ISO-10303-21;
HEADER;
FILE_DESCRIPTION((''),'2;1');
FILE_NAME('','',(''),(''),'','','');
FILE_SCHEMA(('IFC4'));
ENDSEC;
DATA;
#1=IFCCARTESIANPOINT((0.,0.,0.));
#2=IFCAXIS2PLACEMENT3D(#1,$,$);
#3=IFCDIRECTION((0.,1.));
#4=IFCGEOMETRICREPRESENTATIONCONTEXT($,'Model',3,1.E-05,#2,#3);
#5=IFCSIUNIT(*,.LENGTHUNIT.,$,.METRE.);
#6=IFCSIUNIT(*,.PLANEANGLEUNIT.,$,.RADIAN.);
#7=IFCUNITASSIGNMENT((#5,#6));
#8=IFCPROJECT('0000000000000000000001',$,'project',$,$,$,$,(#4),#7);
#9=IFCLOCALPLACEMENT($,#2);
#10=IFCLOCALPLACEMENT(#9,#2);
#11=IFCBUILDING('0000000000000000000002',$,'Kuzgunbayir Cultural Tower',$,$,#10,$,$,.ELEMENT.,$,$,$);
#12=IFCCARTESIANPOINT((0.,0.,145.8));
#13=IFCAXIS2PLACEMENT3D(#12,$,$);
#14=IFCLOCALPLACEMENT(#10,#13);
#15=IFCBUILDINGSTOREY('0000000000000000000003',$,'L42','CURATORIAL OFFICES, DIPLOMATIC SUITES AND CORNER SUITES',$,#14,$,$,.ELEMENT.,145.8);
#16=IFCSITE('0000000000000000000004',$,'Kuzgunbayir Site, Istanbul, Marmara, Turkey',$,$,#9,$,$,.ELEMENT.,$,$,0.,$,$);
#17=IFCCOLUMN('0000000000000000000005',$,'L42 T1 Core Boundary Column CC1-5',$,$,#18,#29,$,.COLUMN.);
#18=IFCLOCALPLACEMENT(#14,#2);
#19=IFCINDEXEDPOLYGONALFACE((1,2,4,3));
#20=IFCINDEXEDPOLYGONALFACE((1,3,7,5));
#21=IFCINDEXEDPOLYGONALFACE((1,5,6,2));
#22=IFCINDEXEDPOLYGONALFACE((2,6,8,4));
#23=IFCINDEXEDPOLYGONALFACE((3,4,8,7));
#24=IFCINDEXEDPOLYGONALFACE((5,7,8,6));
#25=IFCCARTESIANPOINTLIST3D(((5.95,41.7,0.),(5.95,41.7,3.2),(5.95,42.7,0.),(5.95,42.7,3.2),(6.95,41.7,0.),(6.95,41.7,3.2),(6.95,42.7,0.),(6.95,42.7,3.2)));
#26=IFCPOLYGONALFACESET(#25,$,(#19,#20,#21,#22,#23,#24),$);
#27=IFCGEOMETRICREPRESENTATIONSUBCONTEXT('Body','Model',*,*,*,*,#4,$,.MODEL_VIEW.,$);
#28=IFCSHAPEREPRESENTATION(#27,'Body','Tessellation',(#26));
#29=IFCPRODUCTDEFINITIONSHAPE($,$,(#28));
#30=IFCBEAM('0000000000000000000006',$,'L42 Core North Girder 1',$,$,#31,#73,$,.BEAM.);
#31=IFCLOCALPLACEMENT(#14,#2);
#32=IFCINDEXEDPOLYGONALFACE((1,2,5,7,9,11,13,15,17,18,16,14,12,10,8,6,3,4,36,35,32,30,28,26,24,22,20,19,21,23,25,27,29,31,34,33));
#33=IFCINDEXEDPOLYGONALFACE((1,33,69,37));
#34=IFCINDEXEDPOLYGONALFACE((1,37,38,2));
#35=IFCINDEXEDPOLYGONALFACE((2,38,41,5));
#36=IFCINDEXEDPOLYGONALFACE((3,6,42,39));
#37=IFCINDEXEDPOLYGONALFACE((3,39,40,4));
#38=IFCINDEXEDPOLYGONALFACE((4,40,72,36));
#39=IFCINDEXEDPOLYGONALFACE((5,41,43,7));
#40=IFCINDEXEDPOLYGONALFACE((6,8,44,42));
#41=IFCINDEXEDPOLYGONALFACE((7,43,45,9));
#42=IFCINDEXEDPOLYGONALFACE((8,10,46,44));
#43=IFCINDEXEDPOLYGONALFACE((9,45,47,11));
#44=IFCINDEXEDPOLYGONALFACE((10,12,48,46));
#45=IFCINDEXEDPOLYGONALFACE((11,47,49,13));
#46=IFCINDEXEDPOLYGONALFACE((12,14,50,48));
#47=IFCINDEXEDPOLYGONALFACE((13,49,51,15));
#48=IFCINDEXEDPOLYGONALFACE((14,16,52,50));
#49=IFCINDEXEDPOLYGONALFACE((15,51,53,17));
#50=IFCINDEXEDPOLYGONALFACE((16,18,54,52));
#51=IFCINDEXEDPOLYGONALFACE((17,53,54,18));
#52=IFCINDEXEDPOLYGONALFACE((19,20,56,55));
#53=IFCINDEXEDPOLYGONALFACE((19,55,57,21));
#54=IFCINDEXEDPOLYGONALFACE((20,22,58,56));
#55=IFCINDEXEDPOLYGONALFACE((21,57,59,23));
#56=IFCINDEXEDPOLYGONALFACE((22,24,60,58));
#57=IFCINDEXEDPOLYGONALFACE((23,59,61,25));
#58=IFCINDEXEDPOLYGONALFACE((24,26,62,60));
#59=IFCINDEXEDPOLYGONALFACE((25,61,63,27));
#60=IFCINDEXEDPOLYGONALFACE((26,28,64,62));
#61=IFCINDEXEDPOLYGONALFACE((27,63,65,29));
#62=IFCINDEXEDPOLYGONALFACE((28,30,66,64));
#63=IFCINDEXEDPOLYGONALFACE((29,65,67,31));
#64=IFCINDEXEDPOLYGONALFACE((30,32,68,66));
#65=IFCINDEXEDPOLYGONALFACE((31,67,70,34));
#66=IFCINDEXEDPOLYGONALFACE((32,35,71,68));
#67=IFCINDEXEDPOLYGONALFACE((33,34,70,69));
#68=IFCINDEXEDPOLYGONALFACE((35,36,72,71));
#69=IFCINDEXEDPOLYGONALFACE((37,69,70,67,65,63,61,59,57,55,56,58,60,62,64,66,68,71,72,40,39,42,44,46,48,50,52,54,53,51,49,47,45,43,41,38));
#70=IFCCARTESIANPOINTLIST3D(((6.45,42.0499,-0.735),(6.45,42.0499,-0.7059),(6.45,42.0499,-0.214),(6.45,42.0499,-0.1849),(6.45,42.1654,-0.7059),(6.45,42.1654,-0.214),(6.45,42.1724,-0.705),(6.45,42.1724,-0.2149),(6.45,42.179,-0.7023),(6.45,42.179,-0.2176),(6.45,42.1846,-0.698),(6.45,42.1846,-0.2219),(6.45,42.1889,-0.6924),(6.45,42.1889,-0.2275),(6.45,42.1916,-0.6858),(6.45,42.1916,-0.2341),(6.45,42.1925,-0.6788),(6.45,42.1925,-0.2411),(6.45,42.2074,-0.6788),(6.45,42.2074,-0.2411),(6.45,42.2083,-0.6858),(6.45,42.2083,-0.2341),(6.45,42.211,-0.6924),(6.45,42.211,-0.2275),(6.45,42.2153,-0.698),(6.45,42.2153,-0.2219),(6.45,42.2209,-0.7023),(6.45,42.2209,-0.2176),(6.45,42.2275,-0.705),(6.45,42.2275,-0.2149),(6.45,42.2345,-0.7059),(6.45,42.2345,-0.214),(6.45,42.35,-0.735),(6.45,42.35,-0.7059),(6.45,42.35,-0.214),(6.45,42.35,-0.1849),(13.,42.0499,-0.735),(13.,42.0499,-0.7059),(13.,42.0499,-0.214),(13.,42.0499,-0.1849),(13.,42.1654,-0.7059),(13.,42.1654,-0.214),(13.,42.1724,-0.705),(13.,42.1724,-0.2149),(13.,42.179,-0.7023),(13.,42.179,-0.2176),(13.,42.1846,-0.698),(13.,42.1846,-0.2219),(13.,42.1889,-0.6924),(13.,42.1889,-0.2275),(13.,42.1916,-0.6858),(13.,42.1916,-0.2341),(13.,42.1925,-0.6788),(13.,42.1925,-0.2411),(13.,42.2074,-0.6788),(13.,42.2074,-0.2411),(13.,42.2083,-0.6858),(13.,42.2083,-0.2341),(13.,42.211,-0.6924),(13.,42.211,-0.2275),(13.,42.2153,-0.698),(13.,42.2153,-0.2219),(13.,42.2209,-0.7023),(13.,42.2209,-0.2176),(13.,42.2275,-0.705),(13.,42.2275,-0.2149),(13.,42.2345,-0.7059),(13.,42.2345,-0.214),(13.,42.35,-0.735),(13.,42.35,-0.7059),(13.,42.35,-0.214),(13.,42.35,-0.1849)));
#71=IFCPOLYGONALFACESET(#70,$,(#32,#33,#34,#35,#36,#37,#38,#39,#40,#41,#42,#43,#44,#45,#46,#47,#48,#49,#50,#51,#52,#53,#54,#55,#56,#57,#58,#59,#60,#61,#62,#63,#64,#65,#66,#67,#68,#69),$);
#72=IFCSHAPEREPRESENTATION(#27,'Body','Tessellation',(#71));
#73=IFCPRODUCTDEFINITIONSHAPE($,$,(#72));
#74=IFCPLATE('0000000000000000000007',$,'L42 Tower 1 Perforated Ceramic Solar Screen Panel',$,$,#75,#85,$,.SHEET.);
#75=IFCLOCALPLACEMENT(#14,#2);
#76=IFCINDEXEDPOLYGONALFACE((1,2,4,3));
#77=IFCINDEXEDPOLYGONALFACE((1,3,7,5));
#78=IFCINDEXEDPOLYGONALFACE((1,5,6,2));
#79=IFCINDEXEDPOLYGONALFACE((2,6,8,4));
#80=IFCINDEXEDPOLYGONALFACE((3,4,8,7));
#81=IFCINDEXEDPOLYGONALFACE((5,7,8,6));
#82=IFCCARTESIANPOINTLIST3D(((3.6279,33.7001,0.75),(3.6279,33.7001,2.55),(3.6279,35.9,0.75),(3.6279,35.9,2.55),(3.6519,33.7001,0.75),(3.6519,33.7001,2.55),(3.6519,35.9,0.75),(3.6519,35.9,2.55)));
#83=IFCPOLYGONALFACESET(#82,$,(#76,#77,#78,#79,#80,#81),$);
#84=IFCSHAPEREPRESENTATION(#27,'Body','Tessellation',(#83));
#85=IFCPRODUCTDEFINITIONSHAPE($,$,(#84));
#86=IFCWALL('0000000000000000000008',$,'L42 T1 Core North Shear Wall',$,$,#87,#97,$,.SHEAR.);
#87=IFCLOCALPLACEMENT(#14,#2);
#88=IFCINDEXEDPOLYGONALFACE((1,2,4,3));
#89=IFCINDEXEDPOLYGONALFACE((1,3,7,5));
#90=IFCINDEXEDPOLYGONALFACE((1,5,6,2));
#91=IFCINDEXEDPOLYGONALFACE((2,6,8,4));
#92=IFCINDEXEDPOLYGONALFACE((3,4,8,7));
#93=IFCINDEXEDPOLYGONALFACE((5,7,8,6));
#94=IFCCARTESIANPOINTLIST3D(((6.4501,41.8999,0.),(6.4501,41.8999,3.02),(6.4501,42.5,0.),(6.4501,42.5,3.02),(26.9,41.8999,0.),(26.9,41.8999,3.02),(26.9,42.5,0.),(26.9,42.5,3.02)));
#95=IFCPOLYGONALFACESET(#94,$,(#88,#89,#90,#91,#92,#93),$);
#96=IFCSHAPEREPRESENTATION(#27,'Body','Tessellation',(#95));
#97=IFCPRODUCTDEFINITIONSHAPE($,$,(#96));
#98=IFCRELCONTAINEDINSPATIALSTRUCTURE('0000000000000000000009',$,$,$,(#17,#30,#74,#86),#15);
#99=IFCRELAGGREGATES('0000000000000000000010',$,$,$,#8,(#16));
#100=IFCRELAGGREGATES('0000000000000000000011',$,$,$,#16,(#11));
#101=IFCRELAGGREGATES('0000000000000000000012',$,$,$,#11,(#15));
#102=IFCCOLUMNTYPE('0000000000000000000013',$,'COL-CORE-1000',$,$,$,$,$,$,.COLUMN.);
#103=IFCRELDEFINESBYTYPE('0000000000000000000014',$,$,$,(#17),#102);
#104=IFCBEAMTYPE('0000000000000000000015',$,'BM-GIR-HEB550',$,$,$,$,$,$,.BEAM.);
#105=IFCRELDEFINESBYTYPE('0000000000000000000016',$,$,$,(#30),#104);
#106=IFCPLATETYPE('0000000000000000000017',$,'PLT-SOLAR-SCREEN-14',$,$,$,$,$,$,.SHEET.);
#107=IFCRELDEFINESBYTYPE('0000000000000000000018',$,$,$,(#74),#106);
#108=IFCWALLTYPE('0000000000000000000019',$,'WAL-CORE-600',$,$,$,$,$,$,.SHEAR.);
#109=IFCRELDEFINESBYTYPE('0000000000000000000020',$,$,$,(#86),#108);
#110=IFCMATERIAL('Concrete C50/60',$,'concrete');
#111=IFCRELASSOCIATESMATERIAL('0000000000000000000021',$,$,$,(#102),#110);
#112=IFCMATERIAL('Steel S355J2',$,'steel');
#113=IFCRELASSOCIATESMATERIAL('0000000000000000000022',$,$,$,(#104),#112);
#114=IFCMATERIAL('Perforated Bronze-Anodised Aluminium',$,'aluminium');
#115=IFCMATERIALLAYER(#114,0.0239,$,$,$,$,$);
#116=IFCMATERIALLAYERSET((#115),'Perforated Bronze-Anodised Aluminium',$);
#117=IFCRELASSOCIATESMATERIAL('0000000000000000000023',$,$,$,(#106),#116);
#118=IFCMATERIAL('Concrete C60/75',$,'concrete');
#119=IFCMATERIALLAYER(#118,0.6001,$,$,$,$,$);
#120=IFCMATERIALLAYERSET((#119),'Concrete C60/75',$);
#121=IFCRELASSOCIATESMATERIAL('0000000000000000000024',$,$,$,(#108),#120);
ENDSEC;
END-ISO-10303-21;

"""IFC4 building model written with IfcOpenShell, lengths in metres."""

from ifc_helpers import new_model, si_unit, direction, frame, frame_2d, origin, origin_2d, place, context, subcontext, project, spatial, rectangle, i_section, extrude, material, layer, layer_set, material_profile, profile_set, type_object, element, save


model = new_model("IFC4")

# Units and contexts
model_context = context("Model", 3, precision=1e-05, world=origin(), true_north=direction((0.0, 1.0)))
body_context = subcontext(model_context, "Body", "Model", "MODEL_VIEW")
ifc_project = project(units=[si_unit("LENGTHUNIT", "METRE"), si_unit("PLANEANGLEUNIT", "RADIAN")], contexts=[model_context])

# Site, building, storey
site_placement = place(None, origin())
site = spatial("IfcSite", under=ifc_project, at=site_placement, Name="Kuzgunbayir Site, Istanbul, Marmara, Turkey", CompositionType="ELEMENT", RefElevation=0.0)
building_placement = place(site_placement, origin())
building = spatial("IfcBuilding", under=site, at=building_placement, Name="Kuzgunbayir Cultural Tower", CompositionType="ELEMENT")
storey_placement = place(building_placement, frame((0.0, 0.0, 145.8)))
storey = spatial("IfcBuildingStorey", under=building, at=storey_placement, Name="L42", Description="CURATORIAL OFFICES, DIPLOMATIC SUITES AND CORNER SUITES", CompositionType="ELEMENT", Elevation=145.8)

# Column
ifc_material_1 = material(Name="Concrete C50/60", Category="concrete")
ifc_material_profile_1 = material_profile(ifc_material_1, rectangle(XDim=1.0, YDim=1.0, at=origin_2d()), Name="RC 1000x1000")
ifc_profile_set_1 = profile_set([ifc_material_profile_1], Name="Concrete C50/60")
column_type = type_object("IfcColumnType", Name="COL-CORE-1000", PredefinedType="COLUMN", material=ifc_profile_set_1)
column_placement = place(storey_placement, frame((6.45, 42.2, 0.0), z_axis=(0.0, 0.0, 1.0), x_axis=(1.0, 0.0, 0.0)))
element("IfcColumn", 1, at=column_placement, inside=storey, type_object=column_type, Name="L42 T1 Core Boundary Column CC1-5", PredefinedType="COLUMN", context=body_context, shape_type="SweptSolid", body=[
    extrude(rectangle(XDim=1.0, YDim=1.0, at=origin_2d()), origin(), (0.0, 0.0, 1.0), 3.2),
])

# Beam
ifc_material_2 = material(Name="Steel S355J2", Category="steel")
ifc_material_profile_2 = material_profile(ifc_material_2, i_section(OverallWidth=0.3, OverallDepth=0.55, WebThickness=0.0149, FlangeThickness=0.0291, FilletRadius=0.0271, at=origin_2d()), Name="HEB 550")
ifc_profile_set_2 = profile_set([ifc_material_profile_2], Name="Steel S355J2")
beam_type = type_object("IfcBeamType", Name="BM-GIR-HEB550", PredefinedType="BEAM", material=ifc_profile_set_2)
beam_placement = place(storey_placement, frame((6.45, 42.2, -0.46), z_axis=(1.0, 0.0, 0.0), x_axis=(0.0, 1.0, 0.0)))
element("IfcBeam", 2, at=beam_placement, inside=storey, type_object=beam_type, Name="L42 Core North Girder 1", PredefinedType="BEAM", context=body_context, shape_type="SweptSolid", body=[
    extrude(i_section(OverallWidth=0.3, OverallDepth=0.55, WebThickness=0.0149, FlangeThickness=0.0291, FilletRadius=0.0271, at=origin_2d()), origin(), (0.0, 0.0, 1.0), 6.55),
])

# Plate
ifc_material_3 = material(Name="Perforated Bronze-Anodised Aluminium", Category="aluminium")
ifc_layer_1 = layer(ifc_material_3, 0.0239)
ifc_layer_set_1 = layer_set([ifc_layer_1], Name="Perforated Bronze-Anodised Aluminium")
plate_type = type_object("IfcPlateType", Name="PLT-SOLAR-SCREEN-14", PredefinedType="SHEET", material=ifc_layer_set_1)
plate_placement = place(storey_placement, frame((3.6399, 34.8, 0.75), z_axis=(0.0, 0.0, 1.0), x_axis=(1.0, 0.0, 0.0)))
element("IfcPlate", 3, at=plate_placement, inside=storey, type_object=plate_type, Name="L42 Tower 1 Perforated Ceramic Solar Screen Panel", PredefinedType="SHEET", context=body_context, shape_type="SweptSolid", body=[
    extrude(rectangle(XDim=0.0239, YDim=2.2, at=origin_2d()), origin(), (0.0, 0.0, 1.0), 1.8),
])

# Wall
ifc_material_4 = material(Name="Concrete C60/75", Category="concrete")
ifc_layer_2 = layer(ifc_material_4, 0.6001)
ifc_layer_set_2 = layer_set([ifc_layer_2], Name="Concrete C60/75")
wall_type_1 = type_object("IfcWallType", Name="WAL-CORE-600", PredefinedType="SHEAR", material=ifc_layer_set_2)
wall_1_placement = place(storey_placement, frame((6.45, 42.2, 0.0), z_axis=(0.0, 0.0, 1.0), x_axis=(1.0, 0.0, 0.0)))
element("IfcWall", 4, at=wall_1_placement, inside=storey, type_object=wall_type_1, Name="L42 T1 Core North Shear Wall", PredefinedType="SHEAR", context=body_context, shape_type="SweptSolid", body=[
    extrude(rectangle(XDim=20.45, YDim=0.6001, at=frame_2d((10.2251, 0.0))), origin(), (0.0, 0.0, 1.0), 3.02),
])

save(model, "model.ifc")
